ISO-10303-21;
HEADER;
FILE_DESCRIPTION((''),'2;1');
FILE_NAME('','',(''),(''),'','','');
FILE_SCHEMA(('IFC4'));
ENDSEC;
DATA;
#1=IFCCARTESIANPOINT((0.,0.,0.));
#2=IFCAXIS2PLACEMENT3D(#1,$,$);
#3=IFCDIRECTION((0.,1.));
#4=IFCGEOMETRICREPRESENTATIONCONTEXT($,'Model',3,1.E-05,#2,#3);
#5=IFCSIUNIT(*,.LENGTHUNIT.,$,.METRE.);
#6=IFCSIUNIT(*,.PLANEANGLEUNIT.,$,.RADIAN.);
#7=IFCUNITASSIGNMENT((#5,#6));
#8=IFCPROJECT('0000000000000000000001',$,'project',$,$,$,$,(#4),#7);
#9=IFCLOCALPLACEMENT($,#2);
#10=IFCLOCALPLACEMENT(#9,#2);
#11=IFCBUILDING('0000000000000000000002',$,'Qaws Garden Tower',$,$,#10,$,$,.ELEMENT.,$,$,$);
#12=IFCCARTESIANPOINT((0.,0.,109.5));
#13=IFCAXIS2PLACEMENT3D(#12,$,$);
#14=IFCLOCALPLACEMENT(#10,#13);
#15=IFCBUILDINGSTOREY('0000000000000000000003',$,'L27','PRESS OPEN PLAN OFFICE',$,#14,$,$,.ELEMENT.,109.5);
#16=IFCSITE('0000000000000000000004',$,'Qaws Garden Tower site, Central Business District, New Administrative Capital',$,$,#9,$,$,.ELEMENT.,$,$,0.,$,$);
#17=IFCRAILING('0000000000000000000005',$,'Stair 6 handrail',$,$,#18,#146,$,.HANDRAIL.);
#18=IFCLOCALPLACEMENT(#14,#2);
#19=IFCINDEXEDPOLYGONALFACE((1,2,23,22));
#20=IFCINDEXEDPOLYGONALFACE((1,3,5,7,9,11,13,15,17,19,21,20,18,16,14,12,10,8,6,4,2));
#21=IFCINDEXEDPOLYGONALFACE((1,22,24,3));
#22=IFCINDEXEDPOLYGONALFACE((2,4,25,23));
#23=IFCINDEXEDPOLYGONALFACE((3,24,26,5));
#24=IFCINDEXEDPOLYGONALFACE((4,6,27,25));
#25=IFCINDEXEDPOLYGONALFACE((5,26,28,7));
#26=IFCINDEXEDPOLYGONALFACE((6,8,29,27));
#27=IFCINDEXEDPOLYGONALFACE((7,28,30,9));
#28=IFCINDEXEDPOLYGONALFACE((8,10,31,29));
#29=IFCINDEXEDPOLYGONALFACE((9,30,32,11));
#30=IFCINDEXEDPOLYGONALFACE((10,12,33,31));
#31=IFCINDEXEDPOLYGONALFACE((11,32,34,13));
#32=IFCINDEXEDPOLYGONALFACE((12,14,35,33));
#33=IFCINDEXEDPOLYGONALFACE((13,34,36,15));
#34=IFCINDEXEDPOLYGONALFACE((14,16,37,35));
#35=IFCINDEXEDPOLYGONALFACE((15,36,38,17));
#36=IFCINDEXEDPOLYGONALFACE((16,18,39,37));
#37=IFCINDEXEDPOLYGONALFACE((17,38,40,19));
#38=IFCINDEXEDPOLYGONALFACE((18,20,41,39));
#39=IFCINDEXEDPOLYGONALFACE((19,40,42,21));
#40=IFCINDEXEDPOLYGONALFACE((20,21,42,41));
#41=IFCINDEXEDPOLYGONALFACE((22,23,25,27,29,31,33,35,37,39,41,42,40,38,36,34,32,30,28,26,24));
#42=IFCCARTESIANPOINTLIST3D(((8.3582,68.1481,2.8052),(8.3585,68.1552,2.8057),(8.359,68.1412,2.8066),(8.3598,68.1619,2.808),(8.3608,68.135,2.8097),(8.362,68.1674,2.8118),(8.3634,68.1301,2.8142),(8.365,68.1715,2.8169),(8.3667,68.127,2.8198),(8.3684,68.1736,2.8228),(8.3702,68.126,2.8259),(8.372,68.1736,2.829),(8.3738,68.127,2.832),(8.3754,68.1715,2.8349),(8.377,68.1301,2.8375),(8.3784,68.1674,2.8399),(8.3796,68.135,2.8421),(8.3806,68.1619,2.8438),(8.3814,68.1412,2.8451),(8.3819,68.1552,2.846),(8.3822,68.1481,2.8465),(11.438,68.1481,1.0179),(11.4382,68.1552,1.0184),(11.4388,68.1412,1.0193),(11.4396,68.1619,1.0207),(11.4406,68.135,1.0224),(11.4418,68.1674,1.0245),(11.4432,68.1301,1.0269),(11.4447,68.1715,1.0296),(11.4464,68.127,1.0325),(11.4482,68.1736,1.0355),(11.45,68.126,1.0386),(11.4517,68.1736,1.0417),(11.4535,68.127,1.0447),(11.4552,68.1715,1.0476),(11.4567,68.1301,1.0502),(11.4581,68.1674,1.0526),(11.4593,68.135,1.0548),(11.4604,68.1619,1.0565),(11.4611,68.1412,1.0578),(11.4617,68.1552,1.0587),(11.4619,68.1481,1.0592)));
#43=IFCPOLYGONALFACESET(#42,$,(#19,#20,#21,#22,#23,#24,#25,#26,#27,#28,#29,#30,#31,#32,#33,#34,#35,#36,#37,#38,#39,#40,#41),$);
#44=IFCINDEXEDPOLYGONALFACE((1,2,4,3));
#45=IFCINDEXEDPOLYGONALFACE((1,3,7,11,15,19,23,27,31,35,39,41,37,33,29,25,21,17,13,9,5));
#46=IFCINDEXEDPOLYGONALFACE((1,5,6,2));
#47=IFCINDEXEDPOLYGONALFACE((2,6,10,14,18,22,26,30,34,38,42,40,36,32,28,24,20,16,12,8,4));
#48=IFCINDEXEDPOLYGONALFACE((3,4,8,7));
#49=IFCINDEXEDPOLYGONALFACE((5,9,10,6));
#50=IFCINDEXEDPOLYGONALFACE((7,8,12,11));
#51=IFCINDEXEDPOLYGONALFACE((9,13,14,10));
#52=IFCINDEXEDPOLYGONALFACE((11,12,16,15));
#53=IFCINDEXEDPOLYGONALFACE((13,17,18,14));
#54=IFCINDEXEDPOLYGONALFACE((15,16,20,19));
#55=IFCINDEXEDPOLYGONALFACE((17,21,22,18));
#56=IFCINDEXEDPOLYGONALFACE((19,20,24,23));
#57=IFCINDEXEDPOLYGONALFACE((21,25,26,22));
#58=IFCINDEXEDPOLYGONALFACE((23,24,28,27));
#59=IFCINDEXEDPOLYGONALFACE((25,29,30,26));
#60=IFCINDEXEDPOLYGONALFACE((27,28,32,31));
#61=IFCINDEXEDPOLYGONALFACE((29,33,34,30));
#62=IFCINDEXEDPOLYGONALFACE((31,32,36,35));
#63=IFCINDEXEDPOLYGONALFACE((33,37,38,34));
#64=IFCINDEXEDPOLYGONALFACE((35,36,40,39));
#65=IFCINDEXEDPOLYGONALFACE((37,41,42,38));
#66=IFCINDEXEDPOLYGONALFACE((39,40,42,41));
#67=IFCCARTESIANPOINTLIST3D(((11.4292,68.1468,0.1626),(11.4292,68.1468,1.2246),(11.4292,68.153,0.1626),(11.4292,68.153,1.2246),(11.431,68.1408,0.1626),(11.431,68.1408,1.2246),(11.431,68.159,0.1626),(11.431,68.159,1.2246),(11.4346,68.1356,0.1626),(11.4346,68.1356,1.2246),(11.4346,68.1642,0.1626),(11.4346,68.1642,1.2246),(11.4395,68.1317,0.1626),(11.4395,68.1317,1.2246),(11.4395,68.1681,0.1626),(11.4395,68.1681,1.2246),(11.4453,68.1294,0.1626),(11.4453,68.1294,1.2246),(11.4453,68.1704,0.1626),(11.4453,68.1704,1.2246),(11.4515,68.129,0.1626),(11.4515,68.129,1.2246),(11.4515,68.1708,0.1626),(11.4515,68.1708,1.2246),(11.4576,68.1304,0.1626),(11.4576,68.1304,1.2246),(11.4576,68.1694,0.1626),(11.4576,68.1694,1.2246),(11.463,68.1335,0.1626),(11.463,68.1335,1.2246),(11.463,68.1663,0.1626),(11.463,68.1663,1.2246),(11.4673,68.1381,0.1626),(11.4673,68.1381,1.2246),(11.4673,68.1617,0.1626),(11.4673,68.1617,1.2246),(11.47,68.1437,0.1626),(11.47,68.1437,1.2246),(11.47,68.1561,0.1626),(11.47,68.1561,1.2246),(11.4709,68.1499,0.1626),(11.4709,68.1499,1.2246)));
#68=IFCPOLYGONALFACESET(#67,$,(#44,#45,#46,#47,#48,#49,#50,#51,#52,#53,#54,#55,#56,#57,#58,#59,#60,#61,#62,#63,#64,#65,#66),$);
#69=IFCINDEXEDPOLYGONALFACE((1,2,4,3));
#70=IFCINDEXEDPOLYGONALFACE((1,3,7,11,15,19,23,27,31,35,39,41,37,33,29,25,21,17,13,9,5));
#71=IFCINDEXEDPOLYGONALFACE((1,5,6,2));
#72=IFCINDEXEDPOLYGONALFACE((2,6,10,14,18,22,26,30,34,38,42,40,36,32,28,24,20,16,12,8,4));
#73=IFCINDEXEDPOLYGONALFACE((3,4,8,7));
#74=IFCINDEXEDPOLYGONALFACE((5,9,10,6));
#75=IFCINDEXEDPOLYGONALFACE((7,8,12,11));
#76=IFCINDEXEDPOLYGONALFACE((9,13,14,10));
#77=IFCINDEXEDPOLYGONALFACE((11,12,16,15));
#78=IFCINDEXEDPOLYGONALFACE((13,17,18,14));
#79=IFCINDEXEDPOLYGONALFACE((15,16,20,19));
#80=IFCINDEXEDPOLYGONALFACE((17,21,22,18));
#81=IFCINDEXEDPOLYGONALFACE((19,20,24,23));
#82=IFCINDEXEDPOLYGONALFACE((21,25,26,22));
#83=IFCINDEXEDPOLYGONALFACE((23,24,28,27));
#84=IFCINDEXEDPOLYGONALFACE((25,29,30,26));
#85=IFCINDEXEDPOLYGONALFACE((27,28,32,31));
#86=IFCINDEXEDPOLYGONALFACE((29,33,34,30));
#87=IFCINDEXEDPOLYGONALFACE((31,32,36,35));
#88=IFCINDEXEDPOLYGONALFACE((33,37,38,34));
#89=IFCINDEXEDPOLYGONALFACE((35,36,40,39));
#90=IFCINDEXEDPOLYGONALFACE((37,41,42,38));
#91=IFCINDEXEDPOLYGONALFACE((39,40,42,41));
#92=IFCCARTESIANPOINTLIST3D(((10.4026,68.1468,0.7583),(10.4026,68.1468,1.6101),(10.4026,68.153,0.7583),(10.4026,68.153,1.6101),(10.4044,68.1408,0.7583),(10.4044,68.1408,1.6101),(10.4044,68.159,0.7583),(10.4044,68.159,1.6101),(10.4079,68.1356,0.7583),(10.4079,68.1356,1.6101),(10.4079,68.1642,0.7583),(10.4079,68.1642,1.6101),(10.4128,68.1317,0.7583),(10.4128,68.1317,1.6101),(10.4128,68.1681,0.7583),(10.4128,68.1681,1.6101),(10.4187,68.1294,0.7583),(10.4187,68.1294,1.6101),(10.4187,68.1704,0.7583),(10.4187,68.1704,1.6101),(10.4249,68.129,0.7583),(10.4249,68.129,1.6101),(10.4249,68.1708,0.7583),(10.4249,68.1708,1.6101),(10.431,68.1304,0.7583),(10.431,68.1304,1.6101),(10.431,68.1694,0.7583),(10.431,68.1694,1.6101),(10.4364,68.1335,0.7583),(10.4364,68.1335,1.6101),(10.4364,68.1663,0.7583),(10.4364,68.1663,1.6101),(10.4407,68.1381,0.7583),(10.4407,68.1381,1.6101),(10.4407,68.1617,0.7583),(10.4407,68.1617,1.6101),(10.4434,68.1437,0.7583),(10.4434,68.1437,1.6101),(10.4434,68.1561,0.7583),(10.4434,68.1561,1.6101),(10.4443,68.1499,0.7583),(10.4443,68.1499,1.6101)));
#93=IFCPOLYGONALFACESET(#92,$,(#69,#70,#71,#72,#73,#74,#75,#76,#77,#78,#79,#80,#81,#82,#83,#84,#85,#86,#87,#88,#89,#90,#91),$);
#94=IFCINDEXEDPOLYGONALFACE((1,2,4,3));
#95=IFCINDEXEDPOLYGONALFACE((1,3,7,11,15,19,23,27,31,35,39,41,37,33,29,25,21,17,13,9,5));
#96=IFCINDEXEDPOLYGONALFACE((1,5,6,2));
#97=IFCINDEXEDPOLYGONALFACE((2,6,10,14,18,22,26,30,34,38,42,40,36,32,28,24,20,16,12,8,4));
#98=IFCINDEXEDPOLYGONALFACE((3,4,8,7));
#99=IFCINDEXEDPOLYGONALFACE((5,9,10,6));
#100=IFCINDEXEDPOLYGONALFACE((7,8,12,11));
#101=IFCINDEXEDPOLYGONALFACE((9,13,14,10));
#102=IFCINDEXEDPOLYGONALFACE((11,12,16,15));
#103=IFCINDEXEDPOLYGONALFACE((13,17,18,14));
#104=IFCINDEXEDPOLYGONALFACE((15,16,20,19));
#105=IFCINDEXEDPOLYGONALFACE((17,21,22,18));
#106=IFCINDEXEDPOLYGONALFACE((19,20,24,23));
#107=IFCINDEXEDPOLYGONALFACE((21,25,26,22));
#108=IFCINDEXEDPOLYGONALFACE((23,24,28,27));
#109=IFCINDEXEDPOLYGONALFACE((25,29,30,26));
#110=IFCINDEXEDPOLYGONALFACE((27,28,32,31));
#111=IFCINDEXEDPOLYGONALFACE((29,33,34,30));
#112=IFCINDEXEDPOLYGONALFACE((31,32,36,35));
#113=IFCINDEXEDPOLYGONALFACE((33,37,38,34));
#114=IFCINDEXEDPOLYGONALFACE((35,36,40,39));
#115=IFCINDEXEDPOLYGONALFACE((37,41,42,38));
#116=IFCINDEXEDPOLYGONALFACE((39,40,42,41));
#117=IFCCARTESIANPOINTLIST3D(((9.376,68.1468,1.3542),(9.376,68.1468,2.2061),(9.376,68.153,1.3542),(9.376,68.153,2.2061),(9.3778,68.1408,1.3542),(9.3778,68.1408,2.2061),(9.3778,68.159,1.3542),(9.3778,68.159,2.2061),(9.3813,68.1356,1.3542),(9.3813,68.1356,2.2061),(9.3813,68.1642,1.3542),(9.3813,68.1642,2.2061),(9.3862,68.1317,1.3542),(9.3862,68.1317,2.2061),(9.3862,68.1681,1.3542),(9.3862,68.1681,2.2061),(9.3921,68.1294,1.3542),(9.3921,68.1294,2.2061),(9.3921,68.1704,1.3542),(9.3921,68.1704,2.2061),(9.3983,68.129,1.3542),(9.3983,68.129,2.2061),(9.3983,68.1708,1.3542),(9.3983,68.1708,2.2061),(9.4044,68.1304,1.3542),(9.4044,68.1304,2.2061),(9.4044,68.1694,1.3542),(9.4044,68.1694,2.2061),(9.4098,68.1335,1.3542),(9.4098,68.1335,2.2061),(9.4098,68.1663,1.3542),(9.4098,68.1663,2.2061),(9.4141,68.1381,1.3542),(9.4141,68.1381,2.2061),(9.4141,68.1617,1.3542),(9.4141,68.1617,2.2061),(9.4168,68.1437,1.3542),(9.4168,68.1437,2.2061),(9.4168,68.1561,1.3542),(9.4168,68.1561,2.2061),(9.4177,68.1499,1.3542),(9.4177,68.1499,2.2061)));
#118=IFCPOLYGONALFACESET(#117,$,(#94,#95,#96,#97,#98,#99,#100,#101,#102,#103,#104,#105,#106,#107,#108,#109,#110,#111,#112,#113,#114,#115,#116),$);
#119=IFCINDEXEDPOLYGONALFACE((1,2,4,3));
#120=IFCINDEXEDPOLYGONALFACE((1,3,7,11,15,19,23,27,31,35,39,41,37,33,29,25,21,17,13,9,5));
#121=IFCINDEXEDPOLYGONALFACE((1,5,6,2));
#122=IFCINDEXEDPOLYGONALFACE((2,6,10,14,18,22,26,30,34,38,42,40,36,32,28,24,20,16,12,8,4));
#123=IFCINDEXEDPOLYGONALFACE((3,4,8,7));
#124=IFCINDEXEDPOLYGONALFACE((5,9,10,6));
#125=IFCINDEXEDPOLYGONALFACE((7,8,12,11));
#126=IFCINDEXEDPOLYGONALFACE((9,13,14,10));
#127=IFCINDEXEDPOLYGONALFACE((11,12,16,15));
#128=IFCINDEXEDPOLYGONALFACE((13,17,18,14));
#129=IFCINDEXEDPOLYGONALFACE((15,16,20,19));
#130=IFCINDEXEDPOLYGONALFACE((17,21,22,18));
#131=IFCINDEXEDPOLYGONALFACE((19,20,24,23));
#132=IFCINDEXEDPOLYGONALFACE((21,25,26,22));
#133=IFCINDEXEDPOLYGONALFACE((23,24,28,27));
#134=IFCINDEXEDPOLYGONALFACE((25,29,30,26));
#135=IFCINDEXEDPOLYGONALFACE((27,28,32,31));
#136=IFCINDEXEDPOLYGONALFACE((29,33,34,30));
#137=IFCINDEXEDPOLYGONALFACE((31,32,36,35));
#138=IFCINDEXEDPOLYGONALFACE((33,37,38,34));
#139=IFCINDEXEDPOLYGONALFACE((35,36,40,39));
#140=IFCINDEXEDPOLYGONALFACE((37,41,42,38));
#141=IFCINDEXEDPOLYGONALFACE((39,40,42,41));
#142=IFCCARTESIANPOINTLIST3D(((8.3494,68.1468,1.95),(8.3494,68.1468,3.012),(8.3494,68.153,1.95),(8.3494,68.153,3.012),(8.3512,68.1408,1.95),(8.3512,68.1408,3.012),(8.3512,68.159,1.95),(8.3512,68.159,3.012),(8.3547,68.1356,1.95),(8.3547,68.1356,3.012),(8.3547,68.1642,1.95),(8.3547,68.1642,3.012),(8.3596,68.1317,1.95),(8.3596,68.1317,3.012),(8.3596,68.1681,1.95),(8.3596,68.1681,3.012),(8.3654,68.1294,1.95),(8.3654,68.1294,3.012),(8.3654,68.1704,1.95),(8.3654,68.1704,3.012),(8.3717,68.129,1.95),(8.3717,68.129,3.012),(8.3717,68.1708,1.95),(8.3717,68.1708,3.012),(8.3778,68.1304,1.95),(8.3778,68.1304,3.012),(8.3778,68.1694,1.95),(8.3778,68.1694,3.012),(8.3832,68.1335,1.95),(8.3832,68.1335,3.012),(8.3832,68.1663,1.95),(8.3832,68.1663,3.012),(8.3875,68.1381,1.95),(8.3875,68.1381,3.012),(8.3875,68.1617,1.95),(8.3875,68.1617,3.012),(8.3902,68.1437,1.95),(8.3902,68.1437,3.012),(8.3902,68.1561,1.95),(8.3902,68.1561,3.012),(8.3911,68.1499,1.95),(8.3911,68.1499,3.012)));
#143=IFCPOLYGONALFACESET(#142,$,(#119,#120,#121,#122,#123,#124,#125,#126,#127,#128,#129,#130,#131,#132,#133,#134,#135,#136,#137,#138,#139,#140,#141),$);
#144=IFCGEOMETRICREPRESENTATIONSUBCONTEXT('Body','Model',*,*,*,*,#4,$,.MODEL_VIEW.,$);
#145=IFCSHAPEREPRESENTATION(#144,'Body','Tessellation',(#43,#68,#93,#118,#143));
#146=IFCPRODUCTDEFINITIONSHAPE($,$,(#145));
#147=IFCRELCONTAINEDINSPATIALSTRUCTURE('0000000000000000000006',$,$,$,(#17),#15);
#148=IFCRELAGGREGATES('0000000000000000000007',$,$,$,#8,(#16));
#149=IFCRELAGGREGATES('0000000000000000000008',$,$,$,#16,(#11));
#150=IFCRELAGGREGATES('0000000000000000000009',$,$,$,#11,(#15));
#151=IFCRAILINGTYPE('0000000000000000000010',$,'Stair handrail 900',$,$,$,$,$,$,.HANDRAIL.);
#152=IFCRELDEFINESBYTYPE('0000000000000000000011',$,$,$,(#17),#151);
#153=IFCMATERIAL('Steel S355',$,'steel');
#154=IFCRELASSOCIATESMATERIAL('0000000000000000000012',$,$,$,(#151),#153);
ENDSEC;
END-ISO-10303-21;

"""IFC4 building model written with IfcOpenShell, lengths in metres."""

from ifc_helpers import new_model, si_unit, direction, frame, origin, origin_2d, place, context, subcontext, project, spatial, circle, extrude, material, type_object, element, save


model = new_model("IFC4")

# Units and contexts
model_context = context("Model", 3, precision=1e-05, world=origin(), true_north=direction((0.0, 1.0)))
body_context = subcontext(model_context, "Body", "Model", "MODEL_VIEW")
ifc_project = project(units=[si_unit("LENGTHUNIT", "METRE"), si_unit("PLANEANGLEUNIT", "RADIAN")], contexts=[model_context])

# Site, building, storey
site_placement = place(None, origin())
site = spatial("IfcSite", under=ifc_project, at=site_placement, Name="Qaws Garden Tower site, Central Business District, New Administrative Capital", CompositionType="ELEMENT", RefElevation=0.0)
building_placement = place(site_placement, origin())
building = spatial("IfcBuilding", under=site, at=building_placement, Name="Qaws Garden Tower", CompositionType="ELEMENT")
storey_placement = place(building_placement, frame((0.0, 0.0, 109.5)))
storey = spatial("IfcBuildingStorey", under=building, at=storey_placement, Name="L27", Description="PRESS OPEN PLAN OFFICE", CompositionType="ELEMENT", Elevation=109.5)

# Railing
ifc_material_1 = material(Name="Steel S355", Category="steel")
railing_type = type_object("IfcRailingType", Name="Stair handrail 900", PredefinedType="HANDRAIL", material=ifc_material_1)
railing_1_placement = place(storey_placement, frame((11.45, 68.1499, 0.1626)))
element("IfcRailing", 1, at=railing_1_placement, inside=storey, type_object=railing_type, Name="Stair 6 handrail", PredefinedType="HANDRAIL", context=body_context, shape_type="SweptSolid", body=[
    extrude(circle(Radius=0.0239, at=origin_2d()), frame((0.0, 0.0, 0.876), z_axis=(-0.864903, 0.0, 0.501939), x_axis=(0.0, -1.0, 0.0)), (0.0, 0.0, 1.0), 3.5608),
    extrude(circle(Radius=0.021, at=origin_2d()), origin(), (0.0, 0.0, 1.0), 1.062),
    extrude(circle(Radius=0.021, at=origin_2d()), frame((-1.0266, 0.0, 0.5957)), (0.0, 0.0, 1.0), 0.8518),
    extrude(circle(Radius=0.021, at=origin_2d()), frame((-2.0532, 0.0, 1.1917)), (0.0, 0.0, 1.0), 0.8518),
    extrude(circle(Radius=0.021, at=origin_2d()), frame((-3.0798, 0.0, 1.7874)), (0.0, 0.0, 1.0), 1.062),
])

save(model, "model.ifc")
